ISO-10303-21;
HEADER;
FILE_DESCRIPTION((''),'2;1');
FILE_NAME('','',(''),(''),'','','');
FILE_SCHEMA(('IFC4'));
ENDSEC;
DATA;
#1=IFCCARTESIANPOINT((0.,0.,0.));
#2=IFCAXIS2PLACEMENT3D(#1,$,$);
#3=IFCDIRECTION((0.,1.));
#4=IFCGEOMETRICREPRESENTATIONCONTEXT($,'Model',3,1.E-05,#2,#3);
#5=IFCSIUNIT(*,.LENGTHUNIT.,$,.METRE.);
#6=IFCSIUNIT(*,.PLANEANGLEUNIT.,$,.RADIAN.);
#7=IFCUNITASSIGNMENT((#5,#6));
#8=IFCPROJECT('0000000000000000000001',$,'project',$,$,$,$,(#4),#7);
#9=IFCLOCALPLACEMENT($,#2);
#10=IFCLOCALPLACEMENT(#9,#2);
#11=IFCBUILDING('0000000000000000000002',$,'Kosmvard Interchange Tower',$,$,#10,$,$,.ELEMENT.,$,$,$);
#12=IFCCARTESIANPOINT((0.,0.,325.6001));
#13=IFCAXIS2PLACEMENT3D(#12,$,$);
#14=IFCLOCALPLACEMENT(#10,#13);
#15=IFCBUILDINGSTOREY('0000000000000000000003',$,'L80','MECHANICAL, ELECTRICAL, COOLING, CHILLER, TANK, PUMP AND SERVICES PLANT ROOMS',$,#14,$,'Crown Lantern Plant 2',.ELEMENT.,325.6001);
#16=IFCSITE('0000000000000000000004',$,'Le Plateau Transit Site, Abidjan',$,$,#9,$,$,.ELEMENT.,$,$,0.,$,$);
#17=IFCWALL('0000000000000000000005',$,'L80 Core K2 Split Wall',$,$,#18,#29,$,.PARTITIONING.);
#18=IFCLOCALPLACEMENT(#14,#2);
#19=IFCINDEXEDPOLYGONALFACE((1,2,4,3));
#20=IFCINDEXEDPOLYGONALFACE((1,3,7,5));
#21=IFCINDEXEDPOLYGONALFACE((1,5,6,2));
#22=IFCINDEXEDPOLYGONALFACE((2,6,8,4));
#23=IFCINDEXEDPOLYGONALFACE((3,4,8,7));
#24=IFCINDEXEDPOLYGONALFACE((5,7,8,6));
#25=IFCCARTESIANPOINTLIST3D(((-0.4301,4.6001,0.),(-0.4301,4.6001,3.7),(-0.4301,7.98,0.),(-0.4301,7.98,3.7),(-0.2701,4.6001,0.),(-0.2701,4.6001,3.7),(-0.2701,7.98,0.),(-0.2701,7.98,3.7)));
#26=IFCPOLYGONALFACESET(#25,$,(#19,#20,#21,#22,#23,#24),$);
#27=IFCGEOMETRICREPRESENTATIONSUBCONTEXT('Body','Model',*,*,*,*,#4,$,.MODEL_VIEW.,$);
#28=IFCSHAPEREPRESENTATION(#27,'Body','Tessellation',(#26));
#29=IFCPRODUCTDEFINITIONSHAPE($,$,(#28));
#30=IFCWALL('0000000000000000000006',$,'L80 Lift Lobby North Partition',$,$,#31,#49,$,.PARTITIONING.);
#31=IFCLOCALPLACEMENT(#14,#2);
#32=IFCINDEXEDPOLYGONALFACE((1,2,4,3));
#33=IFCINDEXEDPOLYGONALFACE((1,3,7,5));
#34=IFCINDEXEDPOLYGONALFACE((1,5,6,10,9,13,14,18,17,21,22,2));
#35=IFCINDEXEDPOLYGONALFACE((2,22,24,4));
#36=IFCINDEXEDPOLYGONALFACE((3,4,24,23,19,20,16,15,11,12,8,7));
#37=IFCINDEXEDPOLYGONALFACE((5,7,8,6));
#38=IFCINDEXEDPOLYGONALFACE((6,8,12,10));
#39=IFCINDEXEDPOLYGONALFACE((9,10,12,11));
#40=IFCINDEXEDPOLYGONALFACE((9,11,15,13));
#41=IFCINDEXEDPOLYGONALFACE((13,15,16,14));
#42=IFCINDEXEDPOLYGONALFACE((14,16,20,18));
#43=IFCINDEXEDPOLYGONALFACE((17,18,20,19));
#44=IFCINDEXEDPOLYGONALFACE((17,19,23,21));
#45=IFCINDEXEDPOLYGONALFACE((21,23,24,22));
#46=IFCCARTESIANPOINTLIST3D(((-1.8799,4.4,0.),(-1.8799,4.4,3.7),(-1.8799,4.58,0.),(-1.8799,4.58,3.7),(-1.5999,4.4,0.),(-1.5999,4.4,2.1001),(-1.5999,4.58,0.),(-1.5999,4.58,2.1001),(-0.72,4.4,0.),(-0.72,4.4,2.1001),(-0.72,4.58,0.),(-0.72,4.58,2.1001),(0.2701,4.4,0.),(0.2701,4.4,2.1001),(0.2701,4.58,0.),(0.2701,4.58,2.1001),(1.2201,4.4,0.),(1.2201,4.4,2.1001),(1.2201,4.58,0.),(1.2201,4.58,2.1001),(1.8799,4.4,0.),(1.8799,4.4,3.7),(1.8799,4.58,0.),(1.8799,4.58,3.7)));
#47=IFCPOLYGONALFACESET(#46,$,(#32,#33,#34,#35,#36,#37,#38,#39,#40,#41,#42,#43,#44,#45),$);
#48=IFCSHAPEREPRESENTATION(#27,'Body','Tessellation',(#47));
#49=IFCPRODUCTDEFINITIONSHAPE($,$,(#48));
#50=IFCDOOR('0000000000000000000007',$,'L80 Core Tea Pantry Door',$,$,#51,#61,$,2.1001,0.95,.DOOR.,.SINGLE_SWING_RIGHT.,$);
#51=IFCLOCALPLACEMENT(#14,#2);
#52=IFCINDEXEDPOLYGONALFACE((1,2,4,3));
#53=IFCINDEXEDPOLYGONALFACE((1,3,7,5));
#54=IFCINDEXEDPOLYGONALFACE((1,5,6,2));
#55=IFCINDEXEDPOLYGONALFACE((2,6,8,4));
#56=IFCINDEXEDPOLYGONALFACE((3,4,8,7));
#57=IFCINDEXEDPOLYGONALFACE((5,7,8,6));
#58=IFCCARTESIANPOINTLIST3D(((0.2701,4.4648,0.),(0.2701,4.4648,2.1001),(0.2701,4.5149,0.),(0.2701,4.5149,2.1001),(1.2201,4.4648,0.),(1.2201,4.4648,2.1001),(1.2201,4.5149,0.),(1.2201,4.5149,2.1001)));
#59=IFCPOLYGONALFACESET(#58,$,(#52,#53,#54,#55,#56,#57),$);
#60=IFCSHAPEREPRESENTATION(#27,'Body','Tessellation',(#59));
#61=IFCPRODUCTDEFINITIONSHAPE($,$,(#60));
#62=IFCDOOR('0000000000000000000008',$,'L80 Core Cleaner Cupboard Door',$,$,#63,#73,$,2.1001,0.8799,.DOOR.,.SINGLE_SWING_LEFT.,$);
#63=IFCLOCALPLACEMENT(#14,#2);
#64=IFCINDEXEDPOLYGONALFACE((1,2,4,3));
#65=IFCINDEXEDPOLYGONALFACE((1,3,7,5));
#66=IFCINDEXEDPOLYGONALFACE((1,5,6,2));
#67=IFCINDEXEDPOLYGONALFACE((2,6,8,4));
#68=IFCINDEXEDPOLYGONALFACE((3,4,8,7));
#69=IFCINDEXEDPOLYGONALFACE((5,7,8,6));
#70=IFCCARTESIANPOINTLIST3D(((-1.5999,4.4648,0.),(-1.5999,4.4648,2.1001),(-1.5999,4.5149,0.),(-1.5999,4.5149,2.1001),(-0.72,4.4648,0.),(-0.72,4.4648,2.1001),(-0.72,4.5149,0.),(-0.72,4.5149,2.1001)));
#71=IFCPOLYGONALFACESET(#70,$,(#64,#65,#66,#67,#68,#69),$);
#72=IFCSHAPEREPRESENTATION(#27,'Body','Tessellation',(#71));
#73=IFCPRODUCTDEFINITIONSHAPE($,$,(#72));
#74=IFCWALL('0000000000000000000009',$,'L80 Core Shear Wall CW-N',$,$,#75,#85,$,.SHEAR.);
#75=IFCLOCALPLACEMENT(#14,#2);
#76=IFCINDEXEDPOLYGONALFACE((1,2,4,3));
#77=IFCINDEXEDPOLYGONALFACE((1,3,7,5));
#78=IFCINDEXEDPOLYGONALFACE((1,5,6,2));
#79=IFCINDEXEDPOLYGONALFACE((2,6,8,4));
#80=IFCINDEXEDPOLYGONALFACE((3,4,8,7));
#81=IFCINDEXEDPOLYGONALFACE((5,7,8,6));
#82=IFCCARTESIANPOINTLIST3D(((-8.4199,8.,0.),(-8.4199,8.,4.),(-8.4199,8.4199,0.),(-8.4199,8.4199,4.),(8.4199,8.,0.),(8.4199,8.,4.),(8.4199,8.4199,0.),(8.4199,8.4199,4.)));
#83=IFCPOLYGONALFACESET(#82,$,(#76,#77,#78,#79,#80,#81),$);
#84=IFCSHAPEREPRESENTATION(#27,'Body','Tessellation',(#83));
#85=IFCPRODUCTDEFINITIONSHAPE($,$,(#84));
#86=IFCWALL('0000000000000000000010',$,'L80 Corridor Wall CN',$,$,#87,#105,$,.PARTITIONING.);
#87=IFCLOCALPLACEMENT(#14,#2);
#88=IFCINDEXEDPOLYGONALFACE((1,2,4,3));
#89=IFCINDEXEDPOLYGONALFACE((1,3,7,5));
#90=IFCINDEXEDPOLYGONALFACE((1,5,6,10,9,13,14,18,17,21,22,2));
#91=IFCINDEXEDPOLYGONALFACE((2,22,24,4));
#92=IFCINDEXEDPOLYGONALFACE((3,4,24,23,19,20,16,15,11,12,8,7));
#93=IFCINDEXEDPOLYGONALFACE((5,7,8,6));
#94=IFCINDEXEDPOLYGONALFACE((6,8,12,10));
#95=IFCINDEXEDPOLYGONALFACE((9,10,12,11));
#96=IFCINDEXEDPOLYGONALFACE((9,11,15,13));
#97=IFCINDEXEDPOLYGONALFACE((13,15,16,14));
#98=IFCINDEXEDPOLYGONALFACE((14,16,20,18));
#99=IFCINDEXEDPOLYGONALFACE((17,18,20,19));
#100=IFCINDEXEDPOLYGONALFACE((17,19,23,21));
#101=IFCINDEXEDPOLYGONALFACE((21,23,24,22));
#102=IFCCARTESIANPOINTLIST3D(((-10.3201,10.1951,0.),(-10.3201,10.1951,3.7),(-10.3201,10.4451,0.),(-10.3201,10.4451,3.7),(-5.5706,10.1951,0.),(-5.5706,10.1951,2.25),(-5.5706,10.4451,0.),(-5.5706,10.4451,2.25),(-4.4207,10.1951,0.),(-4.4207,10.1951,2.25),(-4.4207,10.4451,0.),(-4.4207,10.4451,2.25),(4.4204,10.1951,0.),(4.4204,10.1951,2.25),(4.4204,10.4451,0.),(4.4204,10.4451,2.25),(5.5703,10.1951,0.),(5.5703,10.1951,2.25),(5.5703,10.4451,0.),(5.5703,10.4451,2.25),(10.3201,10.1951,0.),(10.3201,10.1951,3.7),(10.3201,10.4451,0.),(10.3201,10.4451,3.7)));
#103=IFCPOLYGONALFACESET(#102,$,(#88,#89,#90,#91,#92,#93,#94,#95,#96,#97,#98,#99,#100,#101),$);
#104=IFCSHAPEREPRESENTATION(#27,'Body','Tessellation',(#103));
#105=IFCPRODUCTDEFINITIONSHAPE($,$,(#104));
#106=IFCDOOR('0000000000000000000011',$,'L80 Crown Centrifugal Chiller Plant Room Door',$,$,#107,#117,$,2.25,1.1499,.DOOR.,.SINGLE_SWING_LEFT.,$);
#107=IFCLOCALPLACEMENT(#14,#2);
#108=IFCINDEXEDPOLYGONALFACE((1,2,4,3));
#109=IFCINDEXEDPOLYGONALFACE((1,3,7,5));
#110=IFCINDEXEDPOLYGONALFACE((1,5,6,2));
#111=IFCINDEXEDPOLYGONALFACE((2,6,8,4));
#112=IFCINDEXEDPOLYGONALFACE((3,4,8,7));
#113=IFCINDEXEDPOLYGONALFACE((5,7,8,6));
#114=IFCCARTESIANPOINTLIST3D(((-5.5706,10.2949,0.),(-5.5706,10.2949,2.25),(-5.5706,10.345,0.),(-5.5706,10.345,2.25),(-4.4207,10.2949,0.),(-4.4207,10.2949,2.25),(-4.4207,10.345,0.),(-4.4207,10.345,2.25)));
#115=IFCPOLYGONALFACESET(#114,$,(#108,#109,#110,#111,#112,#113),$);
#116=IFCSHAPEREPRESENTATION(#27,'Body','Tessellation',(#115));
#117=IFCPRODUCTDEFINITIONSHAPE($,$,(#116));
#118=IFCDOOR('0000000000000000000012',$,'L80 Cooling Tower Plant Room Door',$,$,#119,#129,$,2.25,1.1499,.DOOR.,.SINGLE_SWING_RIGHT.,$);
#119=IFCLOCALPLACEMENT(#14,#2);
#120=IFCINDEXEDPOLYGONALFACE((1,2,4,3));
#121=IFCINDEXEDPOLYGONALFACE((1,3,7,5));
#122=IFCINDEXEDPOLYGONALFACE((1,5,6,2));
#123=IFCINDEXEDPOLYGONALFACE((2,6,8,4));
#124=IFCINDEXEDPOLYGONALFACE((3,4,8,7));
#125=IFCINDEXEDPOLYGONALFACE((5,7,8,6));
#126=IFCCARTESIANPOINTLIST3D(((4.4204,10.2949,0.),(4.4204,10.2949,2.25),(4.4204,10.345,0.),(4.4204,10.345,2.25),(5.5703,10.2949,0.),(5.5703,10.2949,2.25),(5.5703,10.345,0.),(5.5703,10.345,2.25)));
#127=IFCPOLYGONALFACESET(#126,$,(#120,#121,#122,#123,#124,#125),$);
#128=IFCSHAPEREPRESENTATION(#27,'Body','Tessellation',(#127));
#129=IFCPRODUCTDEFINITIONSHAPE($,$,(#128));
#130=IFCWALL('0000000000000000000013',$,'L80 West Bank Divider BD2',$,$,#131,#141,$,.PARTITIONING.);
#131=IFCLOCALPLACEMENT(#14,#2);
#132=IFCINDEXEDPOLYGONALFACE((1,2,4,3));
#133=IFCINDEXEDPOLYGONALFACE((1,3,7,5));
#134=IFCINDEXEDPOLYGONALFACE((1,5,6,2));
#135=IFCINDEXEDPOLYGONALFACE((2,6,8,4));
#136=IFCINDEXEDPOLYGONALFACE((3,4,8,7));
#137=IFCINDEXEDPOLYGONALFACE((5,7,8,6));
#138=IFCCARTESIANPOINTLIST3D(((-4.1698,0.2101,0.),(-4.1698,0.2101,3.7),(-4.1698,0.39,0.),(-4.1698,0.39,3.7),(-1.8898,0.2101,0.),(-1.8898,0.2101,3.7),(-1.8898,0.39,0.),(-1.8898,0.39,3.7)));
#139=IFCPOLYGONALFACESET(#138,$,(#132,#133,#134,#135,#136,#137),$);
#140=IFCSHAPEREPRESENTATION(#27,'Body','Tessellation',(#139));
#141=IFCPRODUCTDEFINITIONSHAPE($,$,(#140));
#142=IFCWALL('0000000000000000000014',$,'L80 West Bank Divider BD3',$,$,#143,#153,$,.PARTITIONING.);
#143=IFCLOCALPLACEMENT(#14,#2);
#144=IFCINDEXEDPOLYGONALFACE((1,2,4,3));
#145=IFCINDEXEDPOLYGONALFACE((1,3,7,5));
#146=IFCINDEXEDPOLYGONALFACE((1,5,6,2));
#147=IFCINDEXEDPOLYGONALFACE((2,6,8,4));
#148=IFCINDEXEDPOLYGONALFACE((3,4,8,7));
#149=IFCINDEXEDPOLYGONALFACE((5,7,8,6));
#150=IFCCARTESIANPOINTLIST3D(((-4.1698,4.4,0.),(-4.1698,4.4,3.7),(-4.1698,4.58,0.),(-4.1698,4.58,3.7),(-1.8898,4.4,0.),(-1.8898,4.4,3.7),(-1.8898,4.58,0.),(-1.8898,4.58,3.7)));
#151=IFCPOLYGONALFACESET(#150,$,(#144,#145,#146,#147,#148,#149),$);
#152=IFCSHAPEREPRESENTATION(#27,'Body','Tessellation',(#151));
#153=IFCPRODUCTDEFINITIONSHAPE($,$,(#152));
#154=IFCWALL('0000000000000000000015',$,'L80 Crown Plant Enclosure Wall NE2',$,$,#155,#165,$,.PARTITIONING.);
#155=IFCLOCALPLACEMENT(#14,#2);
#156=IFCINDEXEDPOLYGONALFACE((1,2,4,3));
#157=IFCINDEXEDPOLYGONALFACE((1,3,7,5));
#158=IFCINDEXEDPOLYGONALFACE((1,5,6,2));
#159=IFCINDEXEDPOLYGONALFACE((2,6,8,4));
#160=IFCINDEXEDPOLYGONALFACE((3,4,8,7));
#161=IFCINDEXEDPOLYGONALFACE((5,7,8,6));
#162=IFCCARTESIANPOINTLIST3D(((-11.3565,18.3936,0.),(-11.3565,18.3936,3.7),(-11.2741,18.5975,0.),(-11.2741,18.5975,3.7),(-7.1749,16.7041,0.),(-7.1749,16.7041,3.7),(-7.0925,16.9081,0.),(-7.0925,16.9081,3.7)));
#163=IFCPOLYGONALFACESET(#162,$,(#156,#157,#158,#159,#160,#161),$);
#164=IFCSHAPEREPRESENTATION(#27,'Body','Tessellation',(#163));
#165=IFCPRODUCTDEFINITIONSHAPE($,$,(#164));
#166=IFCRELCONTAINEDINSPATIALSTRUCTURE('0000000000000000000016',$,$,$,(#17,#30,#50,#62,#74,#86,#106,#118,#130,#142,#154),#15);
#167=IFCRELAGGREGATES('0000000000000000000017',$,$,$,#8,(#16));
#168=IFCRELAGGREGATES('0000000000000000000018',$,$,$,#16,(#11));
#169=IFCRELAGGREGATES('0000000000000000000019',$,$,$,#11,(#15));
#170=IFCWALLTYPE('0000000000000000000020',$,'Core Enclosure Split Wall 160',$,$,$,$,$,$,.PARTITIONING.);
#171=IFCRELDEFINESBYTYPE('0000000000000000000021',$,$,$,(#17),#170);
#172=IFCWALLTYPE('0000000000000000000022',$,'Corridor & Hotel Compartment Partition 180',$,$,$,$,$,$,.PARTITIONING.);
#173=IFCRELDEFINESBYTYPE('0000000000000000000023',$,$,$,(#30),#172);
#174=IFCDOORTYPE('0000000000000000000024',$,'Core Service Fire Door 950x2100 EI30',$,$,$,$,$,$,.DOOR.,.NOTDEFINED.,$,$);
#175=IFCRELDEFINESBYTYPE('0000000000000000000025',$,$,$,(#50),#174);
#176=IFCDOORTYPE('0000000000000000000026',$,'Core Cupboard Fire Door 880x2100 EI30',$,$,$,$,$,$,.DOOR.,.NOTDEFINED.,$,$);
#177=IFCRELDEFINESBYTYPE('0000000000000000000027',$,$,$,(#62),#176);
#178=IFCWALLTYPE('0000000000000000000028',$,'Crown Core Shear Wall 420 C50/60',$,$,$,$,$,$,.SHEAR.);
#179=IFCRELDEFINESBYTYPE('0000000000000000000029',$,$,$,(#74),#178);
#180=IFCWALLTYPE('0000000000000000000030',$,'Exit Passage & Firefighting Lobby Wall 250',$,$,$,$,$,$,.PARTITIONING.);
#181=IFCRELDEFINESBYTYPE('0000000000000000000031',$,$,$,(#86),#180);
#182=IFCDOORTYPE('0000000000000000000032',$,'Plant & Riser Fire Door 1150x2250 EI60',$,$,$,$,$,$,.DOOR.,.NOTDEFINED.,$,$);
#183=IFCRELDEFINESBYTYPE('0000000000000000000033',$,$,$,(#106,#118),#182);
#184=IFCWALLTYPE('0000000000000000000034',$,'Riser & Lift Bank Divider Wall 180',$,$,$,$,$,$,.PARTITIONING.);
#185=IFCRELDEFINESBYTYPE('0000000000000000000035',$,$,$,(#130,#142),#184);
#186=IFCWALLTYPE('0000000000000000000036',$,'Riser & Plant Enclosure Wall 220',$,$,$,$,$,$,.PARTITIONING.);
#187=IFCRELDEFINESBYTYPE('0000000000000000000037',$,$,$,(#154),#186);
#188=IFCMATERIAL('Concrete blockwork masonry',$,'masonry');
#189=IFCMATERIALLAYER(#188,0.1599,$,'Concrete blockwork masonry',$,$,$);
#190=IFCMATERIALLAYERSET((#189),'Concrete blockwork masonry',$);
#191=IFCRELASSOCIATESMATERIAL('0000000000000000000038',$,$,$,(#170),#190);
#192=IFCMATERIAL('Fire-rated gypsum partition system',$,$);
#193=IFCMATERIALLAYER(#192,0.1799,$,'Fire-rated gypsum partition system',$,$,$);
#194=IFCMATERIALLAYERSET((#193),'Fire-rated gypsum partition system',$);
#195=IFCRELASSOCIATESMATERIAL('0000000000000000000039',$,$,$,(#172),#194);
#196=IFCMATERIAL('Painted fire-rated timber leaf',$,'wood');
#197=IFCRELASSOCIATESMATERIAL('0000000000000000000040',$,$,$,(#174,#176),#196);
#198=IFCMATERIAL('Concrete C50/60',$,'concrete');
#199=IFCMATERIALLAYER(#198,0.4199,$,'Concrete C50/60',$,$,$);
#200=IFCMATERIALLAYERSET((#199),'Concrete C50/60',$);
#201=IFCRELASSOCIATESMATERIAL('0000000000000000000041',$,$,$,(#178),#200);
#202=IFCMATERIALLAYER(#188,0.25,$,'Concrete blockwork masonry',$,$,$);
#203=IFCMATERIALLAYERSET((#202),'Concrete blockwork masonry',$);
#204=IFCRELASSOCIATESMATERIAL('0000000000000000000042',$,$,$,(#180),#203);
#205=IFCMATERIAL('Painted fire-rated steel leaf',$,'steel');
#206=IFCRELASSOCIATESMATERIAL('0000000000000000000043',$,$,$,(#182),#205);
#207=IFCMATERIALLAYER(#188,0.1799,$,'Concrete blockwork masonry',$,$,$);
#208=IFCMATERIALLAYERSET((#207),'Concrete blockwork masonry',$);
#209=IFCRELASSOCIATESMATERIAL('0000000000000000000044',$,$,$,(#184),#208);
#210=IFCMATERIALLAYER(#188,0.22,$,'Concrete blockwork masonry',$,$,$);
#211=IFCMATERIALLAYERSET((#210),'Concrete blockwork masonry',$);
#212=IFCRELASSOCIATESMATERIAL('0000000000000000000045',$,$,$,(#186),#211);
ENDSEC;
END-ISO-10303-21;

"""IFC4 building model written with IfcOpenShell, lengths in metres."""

from ifc_helpers import new_model, si_unit, direction, frame, frame_2d, origin, place, context, subcontext, project, spatial, rectangle, extrude, source, transform, mapped, material, layer, layer_set, type_object, element, fill, save


model = new_model("IFC4")

# Units and contexts
model_context = context("Model", 3, precision=1e-05, world=origin(), true_north=direction((0.0, 1.0)))
body_context = subcontext(model_context, "Body", "Model", "MODEL_VIEW")
ifc_project = project(units=[si_unit("LENGTHUNIT", "METRE"), si_unit("PLANEANGLEUNIT", "RADIAN")], contexts=[model_context])

# Site, building, storey
site_placement = place(None, origin())
site = spatial("IfcSite", under=ifc_project, at=site_placement, Name="Le Plateau Transit Site, Abidjan", CompositionType="ELEMENT", RefElevation=0.0)
building_placement = place(site_placement, origin())
building = spatial("IfcBuilding", under=site, at=building_placement, Name="Kosmvard Interchange Tower", CompositionType="ELEMENT")
storey_placement = place(building_placement, frame((0.0, 0.0, 325.6001)))
storey = spatial("IfcBuildingStorey", under=building, at=storey_placement, Name="L80", Description="MECHANICAL, ELECTRICAL, COOLING, CHILLER, TANK, PUMP AND SERVICES PLANT ROOMS", LongName="Crown Lantern Plant 2", CompositionType="ELEMENT", Elevation=325.6001)

# Shared definitions
ifc_material_1 = material(Name="Concrete C50/60", Category="concrete")

# Wall
ifc_material_2 = material(Name="Fire-rated gypsum partition system")
ifc_material_3 = material(Name="Concrete blockwork masonry", Category="masonry")
ifc_layer_1 = layer(ifc_material_3, 0.1599, Name="Concrete blockwork masonry")
ifc_layer_set_1 = layer_set([ifc_layer_1], Name="Concrete blockwork masonry")
wall_type_1 = type_object("IfcWallType", Name="Core Enclosure Split Wall 160", PredefinedType="PARTITIONING", material=ifc_layer_set_1)
wall_1_placement = place(storey_placement, frame((-0.3501, 4.6001, 0.0), z_axis=(0.0, 0.0, 1.0), x_axis=(0.0, 1.0, 0.0)))
element("IfcWall", 1, at=wall_1_placement, inside=storey, type_object=wall_type_1, Name="L80 Core K2 Split Wall", PredefinedType="PARTITIONING", context=body_context, shape_type="SweptSolid", body=[
    extrude(rectangle(XDim=3.3799, YDim=0.1599, at=frame_2d((1.6899, 0.0))), origin(), (0.0, 0.0, 1.0), 3.7),
])

# Wall, openings, doors
ifc_layer_2 = layer(ifc_material_2, 0.1799, Name="Fire-rated gypsum partition system")
ifc_layer_set_2 = layer_set([ifc_layer_2], Name="Fire-rated gypsum partition system")
wall_type_2 = type_object("IfcWallType", Name="Corridor & Hotel Compartment Partition 180", PredefinedType="PARTITIONING", material=ifc_layer_set_2)
wall_2_placement = place(storey_placement, frame((-1.8799, 4.49, 0.0), z_axis=(0.0, 0.0, 1.0), x_axis=(1.0, 0.0, 0.0)))
wall_2 = element("IfcWall", 2, at=wall_2_placement, inside=storey, type_object=wall_type_2, Name="L80 Lift Lobby North Partition", PredefinedType="PARTITIONING", context=body_context, shape_type="SweptSolid", body=[
    extrude(rectangle(XDim=3.7598, YDim=0.1799, at=frame_2d((1.8799, 0.0))), origin(), (0.0, 0.0, 1.0), 3.7),
])
opening_1_placement = place(wall_2_placement, frame((0.28, 0.0, 0.0)))
opening_1 = element("IfcOpeningElement", 3, at=opening_1_placement, cuts=wall_2, PredefinedType="OPENING", context=body_context, shape_type="SweptSolid", body=[
    extrude(rectangle(XDim=0.8799, YDim=2.1001, at=frame_2d((0.4399, 1.05))), frame((0.0, 0.1001, 0.0), z_axis=(0.0, -1.0, 0.0), x_axis=(1.0, 0.0, 0.0)), (0.0, 0.0, 1.0), 0.2),
])
opening_2_placement = place(wall_2_placement, frame((2.1499, 0.0, 0.0)))
opening_2 = element("IfcOpeningElement", 4, at=opening_2_placement, cuts=wall_2, PredefinedType="OPENING", context=body_context, shape_type="SweptSolid", body=[
    extrude(rectangle(XDim=0.95, YDim=2.1001, at=frame_2d((0.4751, 1.05))), frame((0.0, 0.1001, 0.0), z_axis=(0.0, -1.0, 0.0), x_axis=(1.0, 0.0, 0.0)), (0.0, 0.0, 1.0), 0.2),
])
ifc_material_4 = material(Name="Painted fire-rated timber leaf", Category="wood")
door_type_1 = type_object("IfcDoorType", Name="Core Service Fire Door 950x2100 EI30", OperationType="NOTDEFINED", PredefinedType="DOOR", material=ifc_material_4)
shared_shape_1 = source(origin(), body_context, "Body", "SweptSolid", [
    extrude(rectangle(XDim=0.95, YDim=2.1001, at=frame_2d((0.4751, 1.05))), frame((0.0, 0.0249, 0.0), z_axis=(0.0, -1.0, 0.0), x_axis=(1.0, 0.0, 0.0)), (0.0, 0.0, 1.0), 0.05),
])
door_1_placement = place(opening_2_placement, origin())
door_1 = element("IfcDoor", 5, at=door_1_placement, inside=storey, type_object=door_type_1, Name="L80 Core Tea Pantry Door", OperationType="SINGLE_SWING_RIGHT", OverallHeight=2.1001, OverallWidth=0.95, PredefinedType="DOOR", context=body_context, shape_type="MappedRepresentation", body=[
    mapped(shared_shape_1, transform((0.0, 0.0, 0.0), scale=1.0)),
])
fill(opening_2, door_1)
door_type_2 = type_object("IfcDoorType", Name="Core Cupboard Fire Door 880x2100 EI30", OperationType="NOTDEFINED", PredefinedType="DOOR", material=ifc_material_4)
shared_shape_2 = source(origin(), body_context, "Body", "SweptSolid", [
    extrude(rectangle(XDim=0.8799, YDim=2.1001, at=frame_2d((0.4399, 1.05))), frame((0.0, 0.0249, 0.0), z_axis=(0.0, -1.0, 0.0), x_axis=(1.0, 0.0, 0.0)), (0.0, 0.0, 1.0), 0.05),
])
door_2_placement = place(opening_1_placement, origin())
door_2 = element("IfcDoor", 6, at=door_2_placement, inside=storey, type_object=door_type_2, Name="L80 Core Cleaner Cupboard Door", OperationType="SINGLE_SWING_LEFT", OverallHeight=2.1001, OverallWidth=0.8799, PredefinedType="DOOR", context=body_context, shape_type="MappedRepresentation", body=[
    mapped(shared_shape_2, transform((0.0, 0.0, 0.0), scale=1.0)),
])
fill(opening_1, door_2)

# Wall
ifc_layer_3 = layer(ifc_material_1, 0.4199, Name="Concrete C50/60")
ifc_layer_set_3 = layer_set([ifc_layer_3], Name="Concrete C50/60")
wall_type_3 = type_object("IfcWallType", Name="Crown Core Shear Wall 420 C50/60", PredefinedType="SHEAR", material=ifc_layer_set_3)
wall_3_placement = place(storey_placement, frame((-8.4199, 8.21, 0.0), z_axis=(0.0, 0.0, 1.0), x_axis=(1.0, 0.0, 0.0)))
element("IfcWall", 7, at=wall_3_placement, inside=storey, type_object=wall_type_3, Name="L80 Core Shear Wall CW-N", PredefinedType="SHEAR", context=body_context, shape_type="SweptSolid", body=[
    extrude(rectangle(XDim=16.8398, YDim=0.4199, at=frame_2d((8.4199, 0.0))), origin(), (0.0, 0.0, 1.0), 4.0),
])

# Wall, openings, doors
ifc_layer_4 = layer(ifc_material_3, 0.25, Name="Concrete blockwork masonry")
ifc_layer_set_4 = layer_set([ifc_layer_4], Name="Concrete blockwork masonry")
wall_type_4 = type_object("IfcWallType", Name="Exit Passage & Firefighting Lobby Wall 250", PredefinedType="PARTITIONING", material=ifc_layer_set_4)
wall_4_placement = place(storey_placement, frame((-10.3201, 10.3201, 0.0), z_axis=(0.0, 0.0, 1.0), x_axis=(1.0, 0.0, 0.0)))
wall_4 = element("IfcWall", 8, at=wall_4_placement, inside=storey, type_object=wall_type_4, Name="L80 Corridor Wall CN", PredefinedType="PARTITIONING", context=body_context, shape_type="SweptSolid", body=[
    extrude(rectangle(XDim=20.6401, YDim=0.25, at=frame_2d((10.3201, 0.0))), origin(), (0.0, 0.0, 1.0), 3.7),
])
opening_3_placement = place(wall_4_placement, frame((4.7495, 0.0, 0.0)))
opening_3 = element("IfcOpeningElement", 9, at=opening_3_placement, cuts=wall_4, PredefinedType="OPENING", context=body_context, shape_type="SweptSolid", body=[
    extrude(rectangle(XDim=1.1499, YDim=2.25, at=frame_2d((0.575, 1.125))), frame((0.0, 0.135, 0.0), z_axis=(0.0, -1.0, 0.0), x_axis=(1.0, 0.0, 0.0)), (0.0, 0.0, 1.0), 0.27),
])
opening_4_placement = place(wall_4_placement, frame((14.7405, 0.0, 0.0)))
opening_4 = element("IfcOpeningElement", 10, at=opening_4_placement, cuts=wall_4, PredefinedType="OPENING", context=body_context, shape_type="SweptSolid", body=[
    extrude(rectangle(XDim=1.1499, YDim=2.25, at=frame_2d((0.575, 1.125))), frame((0.0, 0.135, 0.0), z_axis=(0.0, -1.0, 0.0), x_axis=(1.0, 0.0, 0.0)), (0.0, 0.0, 1.0), 0.27),
])
ifc_material_5 = material(Name="Painted fire-rated steel leaf", Category="steel")
door_type_3 = type_object("IfcDoorType", Name="Plant & Riser Fire Door 1150x2250 EI60", OperationType="NOTDEFINED", PredefinedType="DOOR", material=ifc_material_5)
shared_shape_3 = source(origin(), body_context, "Body", "SweptSolid", [
    extrude(rectangle(XDim=1.1499, YDim=2.25, at=frame_2d((0.575, 1.125))), frame((0.0, 0.0249, 0.0), z_axis=(0.0, -1.0, 0.0), x_axis=(1.0, 0.0, 0.0)), (0.0, 0.0, 1.0), 0.05),
])
door_3_placement = place(opening_3_placement, origin())
door_3 = element("IfcDoor", 11, at=door_3_placement, inside=storey, type_object=door_type_3, Name="L80 Crown Centrifugal Chiller Plant Room Door", OperationType="SINGLE_SWING_LEFT", OverallHeight=2.25, OverallWidth=1.1499, PredefinedType="DOOR", context=body_context, shape_type="MappedRepresentation", body=[
    mapped(shared_shape_3, transform((0.0, 0.0, 0.0), scale=1.0)),
])
fill(opening_3, door_3)
door_4_placement = place(opening_4_placement, origin())
door_4 = element("IfcDoor", 12, at=door_4_placement, inside=storey, type_object=door_type_3, Name="L80 Cooling Tower Plant Room Door", OperationType="SINGLE_SWING_RIGHT", OverallHeight=2.25, OverallWidth=1.1499, PredefinedType="DOOR", context=body_context, shape_type="MappedRepresentation", body=[
    mapped(shared_shape_3, transform((0.0, 0.0, 0.0), scale=1.0)),
])
fill(opening_4, door_4)

# Walls
ifc_layer_5 = layer(ifc_material_3, 0.1799, Name="Concrete blockwork masonry")
ifc_layer_set_5 = layer_set([ifc_layer_5], Name="Concrete blockwork masonry")
wall_type_5 = type_object("IfcWallType", Name="Riser & Lift Bank Divider Wall 180", PredefinedType="PARTITIONING", material=ifc_layer_set_5)
for number, where, z_axis, x_axis, name in (
    (13, (-4.1699, 0.3, 0.0), (0.0, 0.0, 1.0), (1.0, 0.0, 0.0), "L80 West Bank Divider BD2"),
    (14, (-4.1699, 4.49, 0.0), (0.0, 0.0, 1.0), (1.0, 0.0, 0.0), "L80 West Bank Divider BD3"),
):
    element("IfcWall", number, at=place(storey_placement, frame(where, z_axis=z_axis, x_axis=x_axis)), inside=storey, type_object=wall_type_5, Name=name, PredefinedType="PARTITIONING", context=body_context, shape_type="SweptSolid", body=[
        extrude(rectangle(XDim=2.28, YDim=0.1799, at=frame_2d((1.1401, 0.0))), origin(), (0.0, 0.0, 1.0), 3.7),
    ])
ifc_layer_6 = layer(ifc_material_3, 0.22, Name="Concrete blockwork masonry")
ifc_layer_set_6 = layer_set([ifc_layer_6], Name="Concrete blockwork masonry")
wall_type_6 = type_object("IfcWallType", Name="Riser & Plant Enclosure Wall 220", PredefinedType="PARTITIONING", material=ifc_layer_set_6)
wall_5_placement = place(storey_placement, frame((-7.1338, 16.8062, 0.0), z_axis=(0.0, 0.0, 1.0), x_axis=(-0.927187, 0.374599, 0.0)))
element("IfcWall", 15, at=wall_5_placement, inside=storey, type_object=wall_type_6, Name="L80 Crown Plant Enclosure Wall NE2", PredefinedType="PARTITIONING", context=body_context, shape_type="SweptSolid", body=[
    extrude(rectangle(XDim=4.51, YDim=0.22, at=frame_2d((2.2549, 0.0))), origin(), (0.0, 0.0, 1.0), 3.7),
])

save(model, "model.ifc")
